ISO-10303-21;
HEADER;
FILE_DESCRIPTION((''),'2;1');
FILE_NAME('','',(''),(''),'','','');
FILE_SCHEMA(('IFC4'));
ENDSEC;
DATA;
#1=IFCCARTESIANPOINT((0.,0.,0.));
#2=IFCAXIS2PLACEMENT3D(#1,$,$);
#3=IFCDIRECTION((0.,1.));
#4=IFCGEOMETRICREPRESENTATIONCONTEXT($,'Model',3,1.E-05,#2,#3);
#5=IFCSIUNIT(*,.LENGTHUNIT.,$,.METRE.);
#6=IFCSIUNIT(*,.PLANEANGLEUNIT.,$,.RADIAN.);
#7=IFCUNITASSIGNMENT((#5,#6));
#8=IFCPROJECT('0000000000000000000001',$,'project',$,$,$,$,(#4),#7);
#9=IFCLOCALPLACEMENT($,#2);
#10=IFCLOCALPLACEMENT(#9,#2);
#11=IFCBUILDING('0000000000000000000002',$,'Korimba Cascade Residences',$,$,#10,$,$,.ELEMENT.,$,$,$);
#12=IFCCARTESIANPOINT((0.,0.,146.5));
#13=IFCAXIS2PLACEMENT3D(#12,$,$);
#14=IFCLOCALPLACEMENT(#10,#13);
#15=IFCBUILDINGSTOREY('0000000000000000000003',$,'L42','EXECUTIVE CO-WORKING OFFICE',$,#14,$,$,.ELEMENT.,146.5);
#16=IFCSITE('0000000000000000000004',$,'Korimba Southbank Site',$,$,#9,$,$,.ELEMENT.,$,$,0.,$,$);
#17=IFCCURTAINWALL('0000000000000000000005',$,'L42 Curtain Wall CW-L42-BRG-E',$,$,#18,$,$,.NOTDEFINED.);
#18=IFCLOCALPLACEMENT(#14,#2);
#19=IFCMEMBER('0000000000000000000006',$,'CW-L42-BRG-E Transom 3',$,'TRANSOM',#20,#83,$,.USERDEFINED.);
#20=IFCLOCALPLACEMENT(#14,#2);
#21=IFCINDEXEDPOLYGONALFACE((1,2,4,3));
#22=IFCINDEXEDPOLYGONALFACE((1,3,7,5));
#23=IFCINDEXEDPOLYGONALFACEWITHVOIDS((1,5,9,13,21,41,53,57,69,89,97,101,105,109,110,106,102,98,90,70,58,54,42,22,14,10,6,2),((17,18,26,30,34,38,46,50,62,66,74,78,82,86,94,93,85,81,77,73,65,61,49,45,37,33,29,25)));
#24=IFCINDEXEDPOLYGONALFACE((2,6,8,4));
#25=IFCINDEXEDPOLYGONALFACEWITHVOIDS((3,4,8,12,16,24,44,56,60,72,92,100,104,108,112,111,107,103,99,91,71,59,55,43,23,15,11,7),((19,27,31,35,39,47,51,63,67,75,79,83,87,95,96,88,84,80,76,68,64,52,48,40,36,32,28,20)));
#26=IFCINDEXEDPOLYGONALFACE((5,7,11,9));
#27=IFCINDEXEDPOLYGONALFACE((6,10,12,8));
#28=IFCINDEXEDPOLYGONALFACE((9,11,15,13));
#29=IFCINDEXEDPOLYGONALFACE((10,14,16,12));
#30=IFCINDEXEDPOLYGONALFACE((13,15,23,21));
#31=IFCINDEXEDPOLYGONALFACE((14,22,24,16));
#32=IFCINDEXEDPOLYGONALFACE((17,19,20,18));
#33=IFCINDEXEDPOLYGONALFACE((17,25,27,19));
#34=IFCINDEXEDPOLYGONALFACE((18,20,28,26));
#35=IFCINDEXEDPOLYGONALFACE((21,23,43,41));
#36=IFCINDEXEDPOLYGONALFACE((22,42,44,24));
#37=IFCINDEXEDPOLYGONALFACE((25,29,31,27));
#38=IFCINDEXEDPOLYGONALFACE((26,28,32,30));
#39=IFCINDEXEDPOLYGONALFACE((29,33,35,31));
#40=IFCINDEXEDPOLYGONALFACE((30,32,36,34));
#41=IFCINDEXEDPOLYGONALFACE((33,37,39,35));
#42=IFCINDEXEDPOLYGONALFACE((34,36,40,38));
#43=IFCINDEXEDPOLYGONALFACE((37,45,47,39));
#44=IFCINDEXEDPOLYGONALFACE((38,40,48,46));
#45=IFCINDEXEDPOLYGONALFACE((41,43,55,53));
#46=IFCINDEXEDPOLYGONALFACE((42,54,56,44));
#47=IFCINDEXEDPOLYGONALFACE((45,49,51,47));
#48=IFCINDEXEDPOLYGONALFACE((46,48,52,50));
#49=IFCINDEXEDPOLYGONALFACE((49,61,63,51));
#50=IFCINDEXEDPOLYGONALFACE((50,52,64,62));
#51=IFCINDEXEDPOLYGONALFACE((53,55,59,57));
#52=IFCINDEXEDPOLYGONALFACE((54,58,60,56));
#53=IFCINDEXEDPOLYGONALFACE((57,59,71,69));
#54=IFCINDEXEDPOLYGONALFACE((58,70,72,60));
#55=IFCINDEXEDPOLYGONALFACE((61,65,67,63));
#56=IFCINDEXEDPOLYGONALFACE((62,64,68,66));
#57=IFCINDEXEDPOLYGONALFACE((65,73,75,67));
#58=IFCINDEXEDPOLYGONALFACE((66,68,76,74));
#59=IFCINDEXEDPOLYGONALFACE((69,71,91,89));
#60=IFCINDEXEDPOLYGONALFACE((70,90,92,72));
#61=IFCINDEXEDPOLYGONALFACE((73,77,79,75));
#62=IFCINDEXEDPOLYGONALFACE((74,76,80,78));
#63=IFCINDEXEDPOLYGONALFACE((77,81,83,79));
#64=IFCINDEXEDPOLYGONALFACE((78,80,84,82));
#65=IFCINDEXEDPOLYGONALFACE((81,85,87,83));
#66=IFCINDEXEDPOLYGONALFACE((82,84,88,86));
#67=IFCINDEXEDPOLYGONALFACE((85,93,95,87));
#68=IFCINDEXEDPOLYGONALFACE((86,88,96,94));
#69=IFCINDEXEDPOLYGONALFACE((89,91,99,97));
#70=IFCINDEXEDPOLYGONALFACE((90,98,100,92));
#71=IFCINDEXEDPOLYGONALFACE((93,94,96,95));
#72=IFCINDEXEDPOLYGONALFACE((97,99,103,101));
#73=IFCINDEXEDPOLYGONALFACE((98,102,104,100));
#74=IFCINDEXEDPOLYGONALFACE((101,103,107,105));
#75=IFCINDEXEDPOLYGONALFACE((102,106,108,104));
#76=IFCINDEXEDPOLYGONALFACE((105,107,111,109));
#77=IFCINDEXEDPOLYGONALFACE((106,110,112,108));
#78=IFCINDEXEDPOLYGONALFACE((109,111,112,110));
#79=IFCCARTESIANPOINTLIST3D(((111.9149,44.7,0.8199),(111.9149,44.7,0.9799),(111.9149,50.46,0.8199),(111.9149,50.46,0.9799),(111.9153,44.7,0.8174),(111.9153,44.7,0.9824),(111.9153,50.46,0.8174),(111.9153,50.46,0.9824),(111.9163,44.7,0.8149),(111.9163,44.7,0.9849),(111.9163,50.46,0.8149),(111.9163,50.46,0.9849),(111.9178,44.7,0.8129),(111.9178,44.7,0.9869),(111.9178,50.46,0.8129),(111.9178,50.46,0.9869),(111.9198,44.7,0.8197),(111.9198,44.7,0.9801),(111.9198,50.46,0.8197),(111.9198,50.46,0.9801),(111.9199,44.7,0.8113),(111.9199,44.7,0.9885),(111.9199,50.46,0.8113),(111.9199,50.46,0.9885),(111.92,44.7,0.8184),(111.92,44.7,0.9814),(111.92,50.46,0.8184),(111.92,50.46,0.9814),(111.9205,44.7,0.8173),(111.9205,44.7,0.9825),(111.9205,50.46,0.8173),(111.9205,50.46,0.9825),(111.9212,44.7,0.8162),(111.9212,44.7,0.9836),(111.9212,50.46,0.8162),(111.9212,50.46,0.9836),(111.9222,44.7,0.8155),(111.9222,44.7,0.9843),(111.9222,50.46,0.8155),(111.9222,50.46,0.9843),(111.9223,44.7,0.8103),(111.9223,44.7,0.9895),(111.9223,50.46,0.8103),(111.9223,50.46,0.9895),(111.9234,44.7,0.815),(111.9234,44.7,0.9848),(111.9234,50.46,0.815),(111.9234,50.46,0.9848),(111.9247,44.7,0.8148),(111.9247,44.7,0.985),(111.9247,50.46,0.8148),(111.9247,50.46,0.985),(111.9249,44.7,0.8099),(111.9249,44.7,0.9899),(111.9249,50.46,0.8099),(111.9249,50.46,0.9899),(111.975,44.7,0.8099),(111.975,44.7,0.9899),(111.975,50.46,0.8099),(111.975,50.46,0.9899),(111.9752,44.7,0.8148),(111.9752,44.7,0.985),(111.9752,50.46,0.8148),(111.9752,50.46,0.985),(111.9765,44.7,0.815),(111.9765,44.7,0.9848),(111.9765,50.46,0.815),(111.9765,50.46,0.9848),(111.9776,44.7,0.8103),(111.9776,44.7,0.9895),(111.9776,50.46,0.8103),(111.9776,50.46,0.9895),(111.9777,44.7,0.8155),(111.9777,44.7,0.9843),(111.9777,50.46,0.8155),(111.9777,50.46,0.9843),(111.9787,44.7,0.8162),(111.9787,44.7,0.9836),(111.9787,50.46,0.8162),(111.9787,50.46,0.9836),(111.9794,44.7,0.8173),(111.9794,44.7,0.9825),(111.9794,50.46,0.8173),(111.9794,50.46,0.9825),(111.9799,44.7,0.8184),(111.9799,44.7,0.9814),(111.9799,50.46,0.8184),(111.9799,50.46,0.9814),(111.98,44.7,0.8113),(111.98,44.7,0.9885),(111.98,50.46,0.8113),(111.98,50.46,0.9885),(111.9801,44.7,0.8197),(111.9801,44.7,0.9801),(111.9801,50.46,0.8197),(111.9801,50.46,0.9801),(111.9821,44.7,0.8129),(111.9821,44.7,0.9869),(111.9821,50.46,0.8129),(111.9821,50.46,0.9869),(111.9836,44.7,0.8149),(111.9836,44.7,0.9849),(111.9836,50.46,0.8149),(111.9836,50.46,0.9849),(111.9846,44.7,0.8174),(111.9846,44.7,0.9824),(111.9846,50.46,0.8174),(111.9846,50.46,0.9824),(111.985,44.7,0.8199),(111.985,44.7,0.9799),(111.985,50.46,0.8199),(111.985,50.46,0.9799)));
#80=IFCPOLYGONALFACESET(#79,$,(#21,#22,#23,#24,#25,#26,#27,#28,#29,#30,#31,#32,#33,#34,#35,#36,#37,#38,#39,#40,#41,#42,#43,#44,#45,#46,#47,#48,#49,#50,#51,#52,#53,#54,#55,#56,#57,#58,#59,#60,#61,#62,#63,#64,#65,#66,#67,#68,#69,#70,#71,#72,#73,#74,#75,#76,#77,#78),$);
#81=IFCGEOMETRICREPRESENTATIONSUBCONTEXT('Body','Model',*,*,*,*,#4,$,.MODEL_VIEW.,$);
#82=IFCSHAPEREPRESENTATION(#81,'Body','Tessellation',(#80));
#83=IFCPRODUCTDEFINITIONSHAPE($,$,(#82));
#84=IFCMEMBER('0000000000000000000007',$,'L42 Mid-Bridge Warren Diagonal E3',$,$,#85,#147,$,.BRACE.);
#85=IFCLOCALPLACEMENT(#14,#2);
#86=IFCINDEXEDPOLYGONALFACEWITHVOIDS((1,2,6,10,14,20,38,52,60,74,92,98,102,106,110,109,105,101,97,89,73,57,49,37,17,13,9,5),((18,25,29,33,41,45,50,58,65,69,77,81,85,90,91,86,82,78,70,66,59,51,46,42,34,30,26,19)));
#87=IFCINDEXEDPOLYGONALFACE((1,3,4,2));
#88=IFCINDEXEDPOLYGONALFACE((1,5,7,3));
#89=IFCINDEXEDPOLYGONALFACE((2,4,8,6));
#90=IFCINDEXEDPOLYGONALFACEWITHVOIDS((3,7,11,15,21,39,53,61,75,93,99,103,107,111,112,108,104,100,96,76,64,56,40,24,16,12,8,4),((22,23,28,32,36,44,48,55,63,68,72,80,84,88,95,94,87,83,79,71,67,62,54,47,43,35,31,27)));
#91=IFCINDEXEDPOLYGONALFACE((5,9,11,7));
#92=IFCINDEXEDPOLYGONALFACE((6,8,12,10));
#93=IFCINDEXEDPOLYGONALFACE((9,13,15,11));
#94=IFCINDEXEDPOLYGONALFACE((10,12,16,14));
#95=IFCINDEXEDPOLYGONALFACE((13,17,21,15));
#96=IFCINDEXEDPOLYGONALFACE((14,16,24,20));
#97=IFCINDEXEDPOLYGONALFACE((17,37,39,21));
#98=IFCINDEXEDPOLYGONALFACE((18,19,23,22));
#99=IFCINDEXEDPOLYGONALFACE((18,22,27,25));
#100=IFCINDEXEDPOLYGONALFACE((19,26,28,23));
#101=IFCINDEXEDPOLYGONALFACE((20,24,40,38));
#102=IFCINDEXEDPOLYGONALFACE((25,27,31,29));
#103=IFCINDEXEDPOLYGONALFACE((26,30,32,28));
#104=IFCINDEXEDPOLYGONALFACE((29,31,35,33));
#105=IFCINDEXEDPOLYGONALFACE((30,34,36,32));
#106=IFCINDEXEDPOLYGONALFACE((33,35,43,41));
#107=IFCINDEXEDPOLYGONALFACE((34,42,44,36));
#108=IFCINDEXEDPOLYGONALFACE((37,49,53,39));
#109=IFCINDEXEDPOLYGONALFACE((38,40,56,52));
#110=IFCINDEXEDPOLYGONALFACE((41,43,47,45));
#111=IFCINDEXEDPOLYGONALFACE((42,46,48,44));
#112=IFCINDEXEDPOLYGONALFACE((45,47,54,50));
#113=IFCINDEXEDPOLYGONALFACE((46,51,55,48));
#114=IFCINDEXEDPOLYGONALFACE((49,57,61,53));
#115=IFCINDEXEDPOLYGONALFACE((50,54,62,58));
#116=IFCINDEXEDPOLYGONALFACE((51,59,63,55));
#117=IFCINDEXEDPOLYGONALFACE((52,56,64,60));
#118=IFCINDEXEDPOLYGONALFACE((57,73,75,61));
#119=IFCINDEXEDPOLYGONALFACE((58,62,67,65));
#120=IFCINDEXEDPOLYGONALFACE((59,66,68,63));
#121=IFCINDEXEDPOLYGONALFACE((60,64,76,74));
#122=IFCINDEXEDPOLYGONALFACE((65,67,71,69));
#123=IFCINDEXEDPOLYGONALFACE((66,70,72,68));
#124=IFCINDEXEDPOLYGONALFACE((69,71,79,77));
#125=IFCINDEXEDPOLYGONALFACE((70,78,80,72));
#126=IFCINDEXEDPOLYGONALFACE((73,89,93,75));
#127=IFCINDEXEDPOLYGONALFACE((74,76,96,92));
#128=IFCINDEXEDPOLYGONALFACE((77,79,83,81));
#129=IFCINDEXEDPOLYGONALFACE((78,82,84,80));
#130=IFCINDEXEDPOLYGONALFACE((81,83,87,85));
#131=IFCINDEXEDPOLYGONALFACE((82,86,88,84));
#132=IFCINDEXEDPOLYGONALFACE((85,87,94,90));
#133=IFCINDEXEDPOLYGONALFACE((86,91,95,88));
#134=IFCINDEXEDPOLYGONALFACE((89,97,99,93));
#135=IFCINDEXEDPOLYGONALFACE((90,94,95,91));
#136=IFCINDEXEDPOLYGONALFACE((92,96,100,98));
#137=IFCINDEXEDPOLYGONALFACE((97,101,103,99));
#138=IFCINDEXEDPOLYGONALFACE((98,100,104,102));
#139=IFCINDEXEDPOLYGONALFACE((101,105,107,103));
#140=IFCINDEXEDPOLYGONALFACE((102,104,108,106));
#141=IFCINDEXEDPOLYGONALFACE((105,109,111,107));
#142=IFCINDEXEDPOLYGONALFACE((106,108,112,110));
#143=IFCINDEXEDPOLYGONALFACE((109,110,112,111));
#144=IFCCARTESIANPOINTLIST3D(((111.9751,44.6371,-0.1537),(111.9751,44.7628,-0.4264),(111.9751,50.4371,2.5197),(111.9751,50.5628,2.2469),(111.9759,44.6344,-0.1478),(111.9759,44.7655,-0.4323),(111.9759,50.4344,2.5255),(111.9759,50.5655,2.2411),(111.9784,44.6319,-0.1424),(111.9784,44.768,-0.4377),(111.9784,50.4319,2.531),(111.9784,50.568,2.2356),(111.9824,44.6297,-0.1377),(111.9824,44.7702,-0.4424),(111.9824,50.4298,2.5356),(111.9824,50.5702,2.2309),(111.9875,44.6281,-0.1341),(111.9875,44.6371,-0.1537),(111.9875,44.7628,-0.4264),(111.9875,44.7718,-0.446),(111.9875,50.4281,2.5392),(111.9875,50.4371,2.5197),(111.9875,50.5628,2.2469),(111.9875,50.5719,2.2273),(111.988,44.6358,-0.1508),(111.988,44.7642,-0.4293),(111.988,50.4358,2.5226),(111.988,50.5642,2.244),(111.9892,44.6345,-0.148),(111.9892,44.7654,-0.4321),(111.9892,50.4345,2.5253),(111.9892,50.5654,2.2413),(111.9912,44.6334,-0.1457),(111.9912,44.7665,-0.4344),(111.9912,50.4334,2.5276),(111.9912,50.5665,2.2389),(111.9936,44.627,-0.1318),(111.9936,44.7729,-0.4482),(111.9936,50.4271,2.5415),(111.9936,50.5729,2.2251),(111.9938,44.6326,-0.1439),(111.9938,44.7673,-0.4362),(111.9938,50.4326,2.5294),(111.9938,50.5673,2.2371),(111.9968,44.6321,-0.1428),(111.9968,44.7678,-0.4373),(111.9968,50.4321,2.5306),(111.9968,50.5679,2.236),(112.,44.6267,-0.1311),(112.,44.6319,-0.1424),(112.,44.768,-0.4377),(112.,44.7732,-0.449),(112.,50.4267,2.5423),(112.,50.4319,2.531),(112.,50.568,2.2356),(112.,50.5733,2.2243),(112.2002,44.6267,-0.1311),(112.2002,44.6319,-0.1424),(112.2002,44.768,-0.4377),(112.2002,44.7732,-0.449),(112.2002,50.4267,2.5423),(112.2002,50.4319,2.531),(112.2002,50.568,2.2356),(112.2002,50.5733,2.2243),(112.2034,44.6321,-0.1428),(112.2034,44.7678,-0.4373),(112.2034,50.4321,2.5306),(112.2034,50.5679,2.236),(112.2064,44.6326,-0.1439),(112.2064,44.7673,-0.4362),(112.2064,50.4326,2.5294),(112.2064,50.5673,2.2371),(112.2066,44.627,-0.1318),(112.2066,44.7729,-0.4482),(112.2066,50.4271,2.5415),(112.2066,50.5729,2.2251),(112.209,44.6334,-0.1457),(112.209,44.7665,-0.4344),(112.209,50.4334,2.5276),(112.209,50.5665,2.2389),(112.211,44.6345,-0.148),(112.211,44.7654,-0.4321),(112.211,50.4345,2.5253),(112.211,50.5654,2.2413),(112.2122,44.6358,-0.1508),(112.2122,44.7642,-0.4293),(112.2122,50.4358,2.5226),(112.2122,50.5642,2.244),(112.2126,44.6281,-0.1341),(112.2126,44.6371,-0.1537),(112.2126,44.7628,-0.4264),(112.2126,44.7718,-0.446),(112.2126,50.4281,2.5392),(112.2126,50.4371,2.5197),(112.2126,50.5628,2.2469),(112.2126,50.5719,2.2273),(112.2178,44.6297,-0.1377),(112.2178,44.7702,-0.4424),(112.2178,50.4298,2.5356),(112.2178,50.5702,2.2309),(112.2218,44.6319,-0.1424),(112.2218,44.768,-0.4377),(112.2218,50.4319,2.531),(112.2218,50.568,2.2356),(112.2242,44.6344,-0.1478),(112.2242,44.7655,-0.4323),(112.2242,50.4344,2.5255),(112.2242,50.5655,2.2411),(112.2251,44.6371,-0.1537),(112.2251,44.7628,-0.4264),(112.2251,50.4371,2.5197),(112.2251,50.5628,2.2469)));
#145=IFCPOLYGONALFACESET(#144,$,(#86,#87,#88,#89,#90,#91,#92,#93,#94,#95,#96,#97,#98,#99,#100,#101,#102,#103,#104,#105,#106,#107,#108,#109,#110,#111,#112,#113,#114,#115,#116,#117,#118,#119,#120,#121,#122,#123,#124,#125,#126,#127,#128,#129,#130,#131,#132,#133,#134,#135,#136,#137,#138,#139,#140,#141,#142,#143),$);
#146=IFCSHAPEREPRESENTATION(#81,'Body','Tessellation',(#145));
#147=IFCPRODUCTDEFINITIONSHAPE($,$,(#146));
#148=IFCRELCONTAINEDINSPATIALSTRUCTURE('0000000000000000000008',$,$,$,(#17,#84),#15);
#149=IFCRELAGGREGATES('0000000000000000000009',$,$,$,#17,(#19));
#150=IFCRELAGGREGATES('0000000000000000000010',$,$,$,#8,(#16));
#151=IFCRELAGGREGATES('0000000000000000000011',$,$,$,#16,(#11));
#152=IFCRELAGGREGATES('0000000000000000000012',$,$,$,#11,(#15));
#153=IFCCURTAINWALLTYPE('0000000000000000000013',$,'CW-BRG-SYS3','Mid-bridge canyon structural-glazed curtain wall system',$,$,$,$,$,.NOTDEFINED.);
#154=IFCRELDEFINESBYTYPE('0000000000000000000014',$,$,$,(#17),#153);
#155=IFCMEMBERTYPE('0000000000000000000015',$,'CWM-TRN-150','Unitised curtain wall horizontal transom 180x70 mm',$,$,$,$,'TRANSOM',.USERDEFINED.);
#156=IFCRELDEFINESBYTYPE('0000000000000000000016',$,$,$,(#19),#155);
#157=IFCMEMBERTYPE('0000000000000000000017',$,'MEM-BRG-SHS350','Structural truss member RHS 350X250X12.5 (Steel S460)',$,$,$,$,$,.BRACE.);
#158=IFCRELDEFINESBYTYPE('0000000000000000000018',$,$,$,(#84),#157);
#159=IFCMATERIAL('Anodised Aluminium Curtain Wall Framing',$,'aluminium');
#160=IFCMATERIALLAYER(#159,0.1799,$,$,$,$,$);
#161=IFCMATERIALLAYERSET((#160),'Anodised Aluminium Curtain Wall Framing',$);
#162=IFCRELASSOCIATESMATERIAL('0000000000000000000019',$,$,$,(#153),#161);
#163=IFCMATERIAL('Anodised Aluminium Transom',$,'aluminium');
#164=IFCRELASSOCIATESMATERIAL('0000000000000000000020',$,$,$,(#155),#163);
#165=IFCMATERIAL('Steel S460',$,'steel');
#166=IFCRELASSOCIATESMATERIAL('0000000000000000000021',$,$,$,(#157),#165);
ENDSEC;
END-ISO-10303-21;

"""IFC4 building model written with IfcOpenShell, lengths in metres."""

from ifc_helpers import new_model, si_unit, direction, frame, origin, origin_2d, place, context, subcontext, project, spatial, hollow_rectangle, extrude, material, layer, layer_set, material_profile, profile_set, type_object, element, aggregate, save


model = new_model("IFC4")

# Units and contexts
model_context = context("Model", 3, precision=1e-05, world=origin(), true_north=direction((0.0, 1.0)))
body_context = subcontext(model_context, "Body", "Model", "MODEL_VIEW")
ifc_project = project(units=[si_unit("LENGTHUNIT", "METRE"), si_unit("PLANEANGLEUNIT", "RADIAN")], contexts=[model_context])

# Site, building, storey
site_placement = place(None, origin())
site = spatial("IfcSite", under=ifc_project, at=site_placement, Name="Korimba Southbank Site", CompositionType="ELEMENT", RefElevation=0.0)
building_placement = place(site_placement, origin())
building = spatial("IfcBuilding", under=site, at=building_placement, Name="Korimba Cascade Residences", CompositionType="ELEMENT")
storey_placement = place(building_placement, frame((0.0, 0.0, 146.5)))
storey = spatial("IfcBuildingStorey", under=building, at=storey_placement, Name="L42", Description="EXECUTIVE CO-WORKING OFFICE", CompositionType="ELEMENT", Elevation=146.5)

# Curtain wall, member
ifc_material_1 = material(Name="Anodised Aluminium Curtain Wall Framing", Category="aluminium")
ifc_layer_1 = layer(ifc_material_1, 0.1799)
ifc_layer_set_1 = layer_set([ifc_layer_1], Name="Anodised Aluminium Curtain Wall Framing")
curtain_wall_type = type_object("IfcCurtainWallType", Name="CW-BRG-SYS3", Description="Mid-bridge canyon structural-glazed curtain wall system", PredefinedType="NOTDEFINED", material=ifc_layer_set_1)
curtain_wall_placement = place(storey_placement, origin())
curtain_wall = element("IfcCurtainWall", 1, at=curtain_wall_placement, inside=storey, type_object=curtain_wall_type, Name="L42 Curtain Wall CW-L42-BRG-E", PredefinedType="NOTDEFINED")
ifc_material_2 = material(Name="Anodised Aluminium Transom", Category="aluminium")
ifc_material_profile_1 = material_profile(ifc_material_2, hollow_rectangle(XDim=0.0701, YDim=0.1799, WallThickness=0.0049, InnerFilletRadius=0.0049, OuterFilletRadius=0.01, at=origin_2d()), Name="Anodised Aluminium Transom")
ifc_profile_set_1 = profile_set([ifc_material_profile_1], Name="Anodised Aluminium Transom")
member_type_1 = type_object("IfcMemberType", Name="CWM-TRN-150", Description="Unitised curtain wall horizontal transom 180x70 mm", ElementType="TRANSOM", PredefinedType="USERDEFINED", material=ifc_profile_set_1)
member_1_placement = place(storey_placement, frame((111.95, 44.7, 0.8999), z_axis=(0.0, 1.0, 0.0), x_axis=(-1.0, 0.0, 0.0)))
member_1 = element("IfcMember", 2, at=member_1_placement, type_object=member_type_1, Name="CW-L42-BRG-E Transom 3", ObjectType="TRANSOM", PredefinedType="USERDEFINED", context=body_context, shape_type="SweptSolid", body=[
    extrude(hollow_rectangle(XDim=0.0701, YDim=0.1799, WallThickness=0.0049, InnerFilletRadius=0.0049, OuterFilletRadius=0.01, at=origin_2d()), origin(), (0.0, 0.0, 1.0), 5.76),
])

# Member
ifc_material_3 = material(Name="Steel S460", Category="steel")
ifc_material_profile_2 = material_profile(ifc_material_3, hollow_rectangle(XDim=0.25, YDim=0.3501, WallThickness=0.0125, InnerFilletRadius=0.0125, OuterFilletRadius=0.0249, at=origin_2d()), Name="Steel S460")
ifc_profile_set_2 = profile_set([ifc_material_profile_2], Name="Steel S460")
member_type_2 = type_object("IfcMemberType", Name="MEM-BRG-SHS350", Description="Structural truss member RHS 350X250X12.5 (Steel S460)", PredefinedType="BRACE", material=ifc_profile_set_2)
member_2_placement = place(storey_placement, frame((112.1001, 44.7, -0.29), z_axis=(0.0, 0.908174, 0.418593), x_axis=(-1.0, 0.0, 0.0)))
element("IfcMember", 3, at=member_2_placement, inside=storey, type_object=member_type_2, Name="L42 Mid-Bridge Warren Diagonal E3", PredefinedType="BRACE", context=body_context, shape_type="SweptSolid", body=[
    extrude(hollow_rectangle(XDim=0.25, YDim=0.3501, WallThickness=0.0125, InnerFilletRadius=0.0125, OuterFilletRadius=0.0249, at=origin_2d()), origin(), (0.0, 0.0, 1.0), 6.3865),
])

aggregate(curtain_wall, [member_1])

save(model, "model.ifc")
